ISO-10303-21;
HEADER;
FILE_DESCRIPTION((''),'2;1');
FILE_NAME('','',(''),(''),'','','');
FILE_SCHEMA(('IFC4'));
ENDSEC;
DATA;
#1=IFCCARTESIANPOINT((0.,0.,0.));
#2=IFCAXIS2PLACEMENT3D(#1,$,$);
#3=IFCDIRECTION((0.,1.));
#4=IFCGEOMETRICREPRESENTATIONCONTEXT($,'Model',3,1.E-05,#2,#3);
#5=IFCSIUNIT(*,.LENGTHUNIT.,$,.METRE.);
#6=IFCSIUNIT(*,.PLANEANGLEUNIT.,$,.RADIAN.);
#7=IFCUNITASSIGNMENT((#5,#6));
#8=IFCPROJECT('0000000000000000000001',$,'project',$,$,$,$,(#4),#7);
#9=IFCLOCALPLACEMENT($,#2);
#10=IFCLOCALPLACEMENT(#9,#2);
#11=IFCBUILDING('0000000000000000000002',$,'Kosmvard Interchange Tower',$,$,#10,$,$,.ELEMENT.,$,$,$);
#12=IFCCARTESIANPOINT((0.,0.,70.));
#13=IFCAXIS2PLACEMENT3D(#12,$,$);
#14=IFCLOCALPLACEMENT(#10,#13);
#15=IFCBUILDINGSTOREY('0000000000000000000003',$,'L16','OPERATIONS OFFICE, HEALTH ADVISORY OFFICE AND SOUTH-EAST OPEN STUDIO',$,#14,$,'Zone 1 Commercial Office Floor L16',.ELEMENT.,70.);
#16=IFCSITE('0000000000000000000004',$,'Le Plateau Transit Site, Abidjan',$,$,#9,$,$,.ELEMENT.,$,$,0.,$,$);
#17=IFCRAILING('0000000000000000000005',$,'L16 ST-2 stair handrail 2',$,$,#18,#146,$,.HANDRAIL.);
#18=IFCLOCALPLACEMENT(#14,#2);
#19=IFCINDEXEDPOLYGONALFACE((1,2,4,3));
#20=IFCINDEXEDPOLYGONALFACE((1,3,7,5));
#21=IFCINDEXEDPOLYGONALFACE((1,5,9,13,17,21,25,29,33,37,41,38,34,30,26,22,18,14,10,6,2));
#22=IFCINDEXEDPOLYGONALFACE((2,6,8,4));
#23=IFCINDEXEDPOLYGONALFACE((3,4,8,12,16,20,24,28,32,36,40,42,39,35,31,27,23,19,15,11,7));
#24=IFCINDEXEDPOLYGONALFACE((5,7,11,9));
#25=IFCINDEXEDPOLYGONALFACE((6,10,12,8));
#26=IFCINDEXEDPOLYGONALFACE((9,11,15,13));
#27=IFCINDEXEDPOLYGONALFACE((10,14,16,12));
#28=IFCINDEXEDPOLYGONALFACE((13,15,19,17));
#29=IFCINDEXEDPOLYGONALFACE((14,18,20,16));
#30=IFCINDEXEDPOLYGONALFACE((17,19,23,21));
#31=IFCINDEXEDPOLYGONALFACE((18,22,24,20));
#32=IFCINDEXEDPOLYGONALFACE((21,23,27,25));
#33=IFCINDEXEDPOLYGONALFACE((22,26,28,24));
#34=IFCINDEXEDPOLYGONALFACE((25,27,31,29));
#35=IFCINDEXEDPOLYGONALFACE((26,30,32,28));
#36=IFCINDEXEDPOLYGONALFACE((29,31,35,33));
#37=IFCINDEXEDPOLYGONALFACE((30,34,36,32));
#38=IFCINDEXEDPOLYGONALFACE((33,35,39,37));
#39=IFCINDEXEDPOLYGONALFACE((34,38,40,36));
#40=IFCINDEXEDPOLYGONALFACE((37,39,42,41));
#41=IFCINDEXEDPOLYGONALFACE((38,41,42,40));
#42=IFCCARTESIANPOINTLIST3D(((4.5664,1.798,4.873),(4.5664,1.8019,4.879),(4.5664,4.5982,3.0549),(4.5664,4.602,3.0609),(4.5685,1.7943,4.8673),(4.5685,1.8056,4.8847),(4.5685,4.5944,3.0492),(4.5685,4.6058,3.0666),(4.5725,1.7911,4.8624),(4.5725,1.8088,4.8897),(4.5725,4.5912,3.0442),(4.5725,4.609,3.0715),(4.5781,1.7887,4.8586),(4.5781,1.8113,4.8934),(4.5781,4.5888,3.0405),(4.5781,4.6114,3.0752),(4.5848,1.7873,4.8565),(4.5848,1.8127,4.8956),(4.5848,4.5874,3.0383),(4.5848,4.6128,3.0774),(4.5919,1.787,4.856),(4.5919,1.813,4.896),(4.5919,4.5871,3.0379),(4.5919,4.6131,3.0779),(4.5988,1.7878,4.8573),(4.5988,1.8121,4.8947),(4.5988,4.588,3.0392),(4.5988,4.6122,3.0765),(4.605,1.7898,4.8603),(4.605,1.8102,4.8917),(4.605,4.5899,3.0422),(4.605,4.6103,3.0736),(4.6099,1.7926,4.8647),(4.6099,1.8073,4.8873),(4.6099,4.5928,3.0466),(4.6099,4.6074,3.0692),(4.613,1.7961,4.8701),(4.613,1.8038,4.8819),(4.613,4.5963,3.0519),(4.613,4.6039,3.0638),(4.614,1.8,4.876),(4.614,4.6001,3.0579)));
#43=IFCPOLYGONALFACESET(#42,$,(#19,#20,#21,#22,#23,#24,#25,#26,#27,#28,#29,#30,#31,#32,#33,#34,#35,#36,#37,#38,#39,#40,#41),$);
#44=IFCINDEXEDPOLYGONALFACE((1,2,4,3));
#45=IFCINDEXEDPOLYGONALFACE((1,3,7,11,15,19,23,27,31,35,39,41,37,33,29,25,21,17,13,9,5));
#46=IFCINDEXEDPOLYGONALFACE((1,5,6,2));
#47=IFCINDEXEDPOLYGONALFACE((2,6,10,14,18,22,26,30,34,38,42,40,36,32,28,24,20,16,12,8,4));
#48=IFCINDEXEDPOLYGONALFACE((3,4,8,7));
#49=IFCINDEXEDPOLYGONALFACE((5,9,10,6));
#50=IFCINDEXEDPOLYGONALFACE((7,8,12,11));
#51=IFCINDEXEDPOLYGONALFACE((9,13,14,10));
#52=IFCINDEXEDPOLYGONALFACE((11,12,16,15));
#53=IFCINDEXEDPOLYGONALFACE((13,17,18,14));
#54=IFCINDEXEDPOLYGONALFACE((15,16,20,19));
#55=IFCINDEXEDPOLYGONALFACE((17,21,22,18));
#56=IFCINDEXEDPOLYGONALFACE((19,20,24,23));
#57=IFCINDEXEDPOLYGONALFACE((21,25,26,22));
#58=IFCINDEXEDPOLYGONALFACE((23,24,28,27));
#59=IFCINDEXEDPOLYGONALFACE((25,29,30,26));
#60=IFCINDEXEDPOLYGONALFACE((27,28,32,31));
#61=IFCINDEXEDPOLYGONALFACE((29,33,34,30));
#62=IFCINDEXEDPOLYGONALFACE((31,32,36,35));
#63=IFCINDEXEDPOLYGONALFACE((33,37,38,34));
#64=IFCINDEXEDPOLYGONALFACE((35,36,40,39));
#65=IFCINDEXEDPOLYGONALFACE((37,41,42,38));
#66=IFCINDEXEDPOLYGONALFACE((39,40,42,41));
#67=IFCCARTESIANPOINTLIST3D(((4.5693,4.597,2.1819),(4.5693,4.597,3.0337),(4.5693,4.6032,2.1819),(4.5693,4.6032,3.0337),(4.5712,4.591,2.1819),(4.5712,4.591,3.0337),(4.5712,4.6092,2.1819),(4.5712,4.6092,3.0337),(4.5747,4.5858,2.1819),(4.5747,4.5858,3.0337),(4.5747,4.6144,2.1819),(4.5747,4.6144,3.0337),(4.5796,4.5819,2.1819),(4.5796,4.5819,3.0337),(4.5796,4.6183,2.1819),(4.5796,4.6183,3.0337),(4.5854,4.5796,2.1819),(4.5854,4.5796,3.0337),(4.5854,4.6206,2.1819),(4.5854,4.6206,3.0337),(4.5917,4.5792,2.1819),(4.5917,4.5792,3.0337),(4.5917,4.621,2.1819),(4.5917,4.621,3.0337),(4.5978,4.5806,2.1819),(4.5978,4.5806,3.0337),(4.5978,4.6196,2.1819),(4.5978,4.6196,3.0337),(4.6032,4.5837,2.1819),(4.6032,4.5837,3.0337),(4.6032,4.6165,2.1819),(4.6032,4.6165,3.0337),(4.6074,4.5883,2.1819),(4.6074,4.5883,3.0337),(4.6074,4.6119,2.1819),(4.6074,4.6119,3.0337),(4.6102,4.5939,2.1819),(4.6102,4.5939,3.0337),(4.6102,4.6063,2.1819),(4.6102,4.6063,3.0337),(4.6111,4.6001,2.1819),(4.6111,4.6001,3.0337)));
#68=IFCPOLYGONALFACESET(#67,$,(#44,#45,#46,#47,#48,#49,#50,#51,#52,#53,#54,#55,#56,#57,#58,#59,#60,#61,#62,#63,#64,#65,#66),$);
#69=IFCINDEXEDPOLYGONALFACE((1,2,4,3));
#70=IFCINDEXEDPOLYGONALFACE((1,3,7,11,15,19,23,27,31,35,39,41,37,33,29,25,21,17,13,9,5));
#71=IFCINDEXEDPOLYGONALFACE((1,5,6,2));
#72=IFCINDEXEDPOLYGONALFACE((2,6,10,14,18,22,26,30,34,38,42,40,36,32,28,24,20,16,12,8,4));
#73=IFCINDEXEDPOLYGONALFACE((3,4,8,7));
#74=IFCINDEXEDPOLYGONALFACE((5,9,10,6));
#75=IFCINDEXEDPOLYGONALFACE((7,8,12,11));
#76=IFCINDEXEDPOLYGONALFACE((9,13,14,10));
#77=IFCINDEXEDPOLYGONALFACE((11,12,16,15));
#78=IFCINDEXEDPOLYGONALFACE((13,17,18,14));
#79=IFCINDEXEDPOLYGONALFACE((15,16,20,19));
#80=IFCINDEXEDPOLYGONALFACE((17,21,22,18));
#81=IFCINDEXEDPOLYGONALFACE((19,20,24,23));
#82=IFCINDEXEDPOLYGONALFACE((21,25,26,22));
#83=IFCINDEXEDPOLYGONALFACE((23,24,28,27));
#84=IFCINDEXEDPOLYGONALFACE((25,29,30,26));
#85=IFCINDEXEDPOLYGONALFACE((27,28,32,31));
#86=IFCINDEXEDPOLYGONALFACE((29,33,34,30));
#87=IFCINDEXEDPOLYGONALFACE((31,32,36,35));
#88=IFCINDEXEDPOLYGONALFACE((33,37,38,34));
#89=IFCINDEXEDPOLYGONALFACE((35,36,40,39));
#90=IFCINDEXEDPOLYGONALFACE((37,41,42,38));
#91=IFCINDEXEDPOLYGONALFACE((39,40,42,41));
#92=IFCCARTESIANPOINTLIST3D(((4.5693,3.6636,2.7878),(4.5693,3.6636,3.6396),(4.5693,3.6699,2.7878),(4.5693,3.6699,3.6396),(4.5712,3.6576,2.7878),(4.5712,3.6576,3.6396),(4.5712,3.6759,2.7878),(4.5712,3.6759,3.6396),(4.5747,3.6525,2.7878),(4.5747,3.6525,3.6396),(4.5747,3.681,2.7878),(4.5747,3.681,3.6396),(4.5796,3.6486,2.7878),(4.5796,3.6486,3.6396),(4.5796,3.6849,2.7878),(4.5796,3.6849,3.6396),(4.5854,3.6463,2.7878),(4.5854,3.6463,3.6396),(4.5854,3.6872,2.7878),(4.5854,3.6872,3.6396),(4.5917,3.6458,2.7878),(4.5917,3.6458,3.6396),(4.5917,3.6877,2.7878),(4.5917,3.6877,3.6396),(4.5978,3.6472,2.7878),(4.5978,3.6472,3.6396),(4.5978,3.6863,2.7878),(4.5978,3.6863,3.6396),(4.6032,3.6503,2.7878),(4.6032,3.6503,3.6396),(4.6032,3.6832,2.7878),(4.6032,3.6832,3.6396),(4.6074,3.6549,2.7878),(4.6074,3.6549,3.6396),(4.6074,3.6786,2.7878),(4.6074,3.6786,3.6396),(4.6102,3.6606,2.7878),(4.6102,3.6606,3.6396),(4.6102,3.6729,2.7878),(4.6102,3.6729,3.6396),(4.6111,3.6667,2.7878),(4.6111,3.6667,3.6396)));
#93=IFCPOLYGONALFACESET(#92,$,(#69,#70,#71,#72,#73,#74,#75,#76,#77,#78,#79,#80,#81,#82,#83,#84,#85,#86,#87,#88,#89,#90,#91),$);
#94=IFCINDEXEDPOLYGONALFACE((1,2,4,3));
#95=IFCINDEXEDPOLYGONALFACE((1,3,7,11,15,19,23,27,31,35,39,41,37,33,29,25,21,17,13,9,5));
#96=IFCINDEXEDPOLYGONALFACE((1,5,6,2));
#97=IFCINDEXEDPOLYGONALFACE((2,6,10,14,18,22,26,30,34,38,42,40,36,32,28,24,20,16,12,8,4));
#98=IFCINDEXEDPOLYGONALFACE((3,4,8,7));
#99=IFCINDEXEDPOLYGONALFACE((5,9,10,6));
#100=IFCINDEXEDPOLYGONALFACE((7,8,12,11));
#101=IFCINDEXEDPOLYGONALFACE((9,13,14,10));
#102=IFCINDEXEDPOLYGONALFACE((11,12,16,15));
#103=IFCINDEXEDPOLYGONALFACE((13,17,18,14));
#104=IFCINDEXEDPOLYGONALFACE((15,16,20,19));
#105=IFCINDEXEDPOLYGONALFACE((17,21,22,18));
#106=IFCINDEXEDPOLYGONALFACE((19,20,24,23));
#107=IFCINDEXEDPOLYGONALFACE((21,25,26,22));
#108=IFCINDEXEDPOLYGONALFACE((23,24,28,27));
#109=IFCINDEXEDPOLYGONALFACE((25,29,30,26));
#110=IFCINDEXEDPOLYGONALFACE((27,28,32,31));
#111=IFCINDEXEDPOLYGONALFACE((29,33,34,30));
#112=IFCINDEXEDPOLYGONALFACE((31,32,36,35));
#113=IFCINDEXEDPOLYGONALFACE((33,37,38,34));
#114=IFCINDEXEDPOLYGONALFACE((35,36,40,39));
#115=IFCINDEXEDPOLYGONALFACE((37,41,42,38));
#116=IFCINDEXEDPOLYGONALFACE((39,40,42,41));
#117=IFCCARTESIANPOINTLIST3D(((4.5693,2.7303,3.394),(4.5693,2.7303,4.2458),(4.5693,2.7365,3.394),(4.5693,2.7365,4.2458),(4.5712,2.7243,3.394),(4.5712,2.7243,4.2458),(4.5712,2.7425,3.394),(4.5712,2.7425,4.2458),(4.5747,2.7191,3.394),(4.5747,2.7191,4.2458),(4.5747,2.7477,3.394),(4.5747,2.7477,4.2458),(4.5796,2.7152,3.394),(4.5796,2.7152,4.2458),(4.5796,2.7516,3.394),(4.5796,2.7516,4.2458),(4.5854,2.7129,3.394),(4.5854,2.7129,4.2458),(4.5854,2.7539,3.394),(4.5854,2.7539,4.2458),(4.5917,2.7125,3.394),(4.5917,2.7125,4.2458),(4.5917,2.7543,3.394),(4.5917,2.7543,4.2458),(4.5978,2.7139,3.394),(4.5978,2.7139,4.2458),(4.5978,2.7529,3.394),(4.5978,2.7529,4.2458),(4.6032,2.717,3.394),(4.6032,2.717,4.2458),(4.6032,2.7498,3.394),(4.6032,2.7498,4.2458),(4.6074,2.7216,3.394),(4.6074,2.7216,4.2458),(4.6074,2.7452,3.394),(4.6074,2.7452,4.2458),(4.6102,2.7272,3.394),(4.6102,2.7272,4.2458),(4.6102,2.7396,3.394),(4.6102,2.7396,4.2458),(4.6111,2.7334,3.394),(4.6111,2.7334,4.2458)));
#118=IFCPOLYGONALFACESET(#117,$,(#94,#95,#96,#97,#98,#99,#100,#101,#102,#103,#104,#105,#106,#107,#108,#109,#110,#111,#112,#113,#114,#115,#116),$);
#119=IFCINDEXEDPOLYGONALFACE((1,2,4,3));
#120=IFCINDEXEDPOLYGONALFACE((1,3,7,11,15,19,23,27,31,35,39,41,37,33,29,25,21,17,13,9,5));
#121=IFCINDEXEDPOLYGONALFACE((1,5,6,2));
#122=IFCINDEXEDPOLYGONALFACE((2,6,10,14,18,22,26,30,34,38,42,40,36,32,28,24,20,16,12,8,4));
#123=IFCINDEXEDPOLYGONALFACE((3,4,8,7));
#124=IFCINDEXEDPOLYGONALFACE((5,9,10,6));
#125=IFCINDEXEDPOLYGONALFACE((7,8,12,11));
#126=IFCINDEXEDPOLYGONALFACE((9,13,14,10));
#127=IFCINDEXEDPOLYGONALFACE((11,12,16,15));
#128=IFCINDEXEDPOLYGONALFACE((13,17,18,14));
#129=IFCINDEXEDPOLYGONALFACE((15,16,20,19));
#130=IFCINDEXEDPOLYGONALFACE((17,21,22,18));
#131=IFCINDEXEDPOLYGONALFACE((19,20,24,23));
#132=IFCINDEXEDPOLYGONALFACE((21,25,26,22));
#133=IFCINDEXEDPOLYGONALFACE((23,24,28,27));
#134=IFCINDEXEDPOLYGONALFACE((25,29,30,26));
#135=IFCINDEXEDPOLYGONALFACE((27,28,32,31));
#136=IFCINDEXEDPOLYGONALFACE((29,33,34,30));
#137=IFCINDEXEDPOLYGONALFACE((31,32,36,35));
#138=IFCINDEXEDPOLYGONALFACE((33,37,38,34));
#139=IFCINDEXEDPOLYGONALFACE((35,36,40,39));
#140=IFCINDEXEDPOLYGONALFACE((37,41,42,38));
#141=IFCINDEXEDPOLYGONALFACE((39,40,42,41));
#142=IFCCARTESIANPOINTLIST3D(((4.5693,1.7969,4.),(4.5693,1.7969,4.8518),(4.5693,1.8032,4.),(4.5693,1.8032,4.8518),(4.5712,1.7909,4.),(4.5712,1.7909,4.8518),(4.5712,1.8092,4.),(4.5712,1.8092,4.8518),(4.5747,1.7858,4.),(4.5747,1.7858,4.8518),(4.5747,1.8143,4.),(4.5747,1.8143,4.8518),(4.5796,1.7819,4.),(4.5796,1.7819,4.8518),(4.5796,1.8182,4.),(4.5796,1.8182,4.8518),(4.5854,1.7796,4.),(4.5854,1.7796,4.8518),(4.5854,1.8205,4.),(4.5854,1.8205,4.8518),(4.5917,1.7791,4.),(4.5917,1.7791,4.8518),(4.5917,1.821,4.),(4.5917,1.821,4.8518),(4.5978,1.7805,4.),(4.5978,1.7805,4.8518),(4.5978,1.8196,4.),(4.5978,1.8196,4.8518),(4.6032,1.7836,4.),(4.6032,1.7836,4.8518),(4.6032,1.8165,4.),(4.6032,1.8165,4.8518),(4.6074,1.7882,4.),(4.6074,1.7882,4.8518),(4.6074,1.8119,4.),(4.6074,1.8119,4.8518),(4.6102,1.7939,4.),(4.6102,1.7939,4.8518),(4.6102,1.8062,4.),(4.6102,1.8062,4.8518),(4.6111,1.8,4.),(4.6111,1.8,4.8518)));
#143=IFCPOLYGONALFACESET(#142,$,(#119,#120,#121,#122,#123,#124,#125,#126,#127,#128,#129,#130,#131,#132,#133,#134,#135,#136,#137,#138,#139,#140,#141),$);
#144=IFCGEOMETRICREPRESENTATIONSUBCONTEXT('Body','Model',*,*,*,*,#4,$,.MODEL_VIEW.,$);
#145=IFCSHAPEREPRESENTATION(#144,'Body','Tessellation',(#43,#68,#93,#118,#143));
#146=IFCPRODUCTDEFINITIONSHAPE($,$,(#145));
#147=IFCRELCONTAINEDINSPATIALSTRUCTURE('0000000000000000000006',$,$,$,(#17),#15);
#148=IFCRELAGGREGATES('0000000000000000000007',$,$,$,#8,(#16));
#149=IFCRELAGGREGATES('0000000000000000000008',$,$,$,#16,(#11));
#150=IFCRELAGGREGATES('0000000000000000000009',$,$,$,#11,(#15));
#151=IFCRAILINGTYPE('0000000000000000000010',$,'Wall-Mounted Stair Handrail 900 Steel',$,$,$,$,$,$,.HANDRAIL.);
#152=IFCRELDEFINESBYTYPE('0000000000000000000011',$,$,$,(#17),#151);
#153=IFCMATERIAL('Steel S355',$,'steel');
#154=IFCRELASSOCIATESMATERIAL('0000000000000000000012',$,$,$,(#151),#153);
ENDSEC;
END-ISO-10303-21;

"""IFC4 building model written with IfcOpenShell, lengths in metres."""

from ifc_helpers import new_model, si_unit, direction, frame, origin, origin_2d, place, context, subcontext, project, spatial, circle, extrude, source, transform, mapped, material, type_object, element, save


model = new_model("IFC4")

# Units and contexts
model_context = context("Model", 3, precision=1e-05, world=origin(), true_north=direction((0.0, 1.0)))
body_context = subcontext(model_context, "Body", "Model", "MODEL_VIEW")
ifc_project = project(units=[si_unit("LENGTHUNIT", "METRE"), si_unit("PLANEANGLEUNIT", "RADIAN")], contexts=[model_context])

# Site, building, storey
site_placement = place(None, origin())
site = spatial("IfcSite", under=ifc_project, at=site_placement, Name="Le Plateau Transit Site, Abidjan", CompositionType="ELEMENT", RefElevation=0.0)
building_placement = place(site_placement, origin())
building = spatial("IfcBuilding", under=site, at=building_placement, Name="Kosmvard Interchange Tower", CompositionType="ELEMENT")
storey_placement = place(building_placement, frame((0.0, 0.0, 70.0)))
storey = spatial("IfcBuildingStorey", under=building, at=storey_placement, Name="L16", Description="OPERATIONS OFFICE, HEALTH ADVISORY OFFICE AND SOUTH-EAST OPEN STUDIO", LongName="Zone 1 Commercial Office Floor L16", CompositionType="ELEMENT", Elevation=70.0)

# Shared definitions
ifc_material_1 = material(Name="Steel S355", Category="steel")

# Railing
railing_type_1 = type_object("IfcRailingType", Name="Wall-Mounted Stair Handrail 900 Steel", PredefinedType="HANDRAIL", material=ifc_material_1)
shared_shape_1 = source(origin(), body_context, "Body", "SweptSolid", [
    extrude(circle(Radius=0.0239, at=origin_2d()), frame((0.0, 0.0, 0.876), z_axis=(0.0, -0.838706, 0.544585), x_axis=(1.0, 0.0, 0.0)), (0.0, 0.0, 1.0), 3.3386),
    extrude(circle(Radius=0.021, at=origin_2d()), origin(), (0.0, 0.0, 1.0), 0.8518),
    extrude(circle(Radius=0.021, at=origin_2d()), frame((0.0, -0.9333, 0.606)), (0.0, 0.0, 1.0), 0.8518),
    extrude(circle(Radius=0.021, at=origin_2d()), frame((0.0, -1.8667, 1.2122)), (0.0, 0.0, 1.0), 0.8518),
    extrude(circle(Radius=0.021, at=origin_2d()), frame((0.0, -2.8, 1.8181)), (0.0, 0.0, 1.0), 0.8518),
])
railing_1_placement = place(storey_placement, frame((4.5901, 4.6001, 2.1819)))
element("IfcRailing", 1, at=railing_1_placement, inside=storey, type_object=railing_type_1, Name="L16 ST-2 stair handrail 2", PredefinedType="HANDRAIL", context=body_context, shape_type="MappedRepresentation", body=[
    mapped(shared_shape_1, transform((0.0, 0.0, 0.0), scale=1.0)),
])

save(model, "model.ifc")
